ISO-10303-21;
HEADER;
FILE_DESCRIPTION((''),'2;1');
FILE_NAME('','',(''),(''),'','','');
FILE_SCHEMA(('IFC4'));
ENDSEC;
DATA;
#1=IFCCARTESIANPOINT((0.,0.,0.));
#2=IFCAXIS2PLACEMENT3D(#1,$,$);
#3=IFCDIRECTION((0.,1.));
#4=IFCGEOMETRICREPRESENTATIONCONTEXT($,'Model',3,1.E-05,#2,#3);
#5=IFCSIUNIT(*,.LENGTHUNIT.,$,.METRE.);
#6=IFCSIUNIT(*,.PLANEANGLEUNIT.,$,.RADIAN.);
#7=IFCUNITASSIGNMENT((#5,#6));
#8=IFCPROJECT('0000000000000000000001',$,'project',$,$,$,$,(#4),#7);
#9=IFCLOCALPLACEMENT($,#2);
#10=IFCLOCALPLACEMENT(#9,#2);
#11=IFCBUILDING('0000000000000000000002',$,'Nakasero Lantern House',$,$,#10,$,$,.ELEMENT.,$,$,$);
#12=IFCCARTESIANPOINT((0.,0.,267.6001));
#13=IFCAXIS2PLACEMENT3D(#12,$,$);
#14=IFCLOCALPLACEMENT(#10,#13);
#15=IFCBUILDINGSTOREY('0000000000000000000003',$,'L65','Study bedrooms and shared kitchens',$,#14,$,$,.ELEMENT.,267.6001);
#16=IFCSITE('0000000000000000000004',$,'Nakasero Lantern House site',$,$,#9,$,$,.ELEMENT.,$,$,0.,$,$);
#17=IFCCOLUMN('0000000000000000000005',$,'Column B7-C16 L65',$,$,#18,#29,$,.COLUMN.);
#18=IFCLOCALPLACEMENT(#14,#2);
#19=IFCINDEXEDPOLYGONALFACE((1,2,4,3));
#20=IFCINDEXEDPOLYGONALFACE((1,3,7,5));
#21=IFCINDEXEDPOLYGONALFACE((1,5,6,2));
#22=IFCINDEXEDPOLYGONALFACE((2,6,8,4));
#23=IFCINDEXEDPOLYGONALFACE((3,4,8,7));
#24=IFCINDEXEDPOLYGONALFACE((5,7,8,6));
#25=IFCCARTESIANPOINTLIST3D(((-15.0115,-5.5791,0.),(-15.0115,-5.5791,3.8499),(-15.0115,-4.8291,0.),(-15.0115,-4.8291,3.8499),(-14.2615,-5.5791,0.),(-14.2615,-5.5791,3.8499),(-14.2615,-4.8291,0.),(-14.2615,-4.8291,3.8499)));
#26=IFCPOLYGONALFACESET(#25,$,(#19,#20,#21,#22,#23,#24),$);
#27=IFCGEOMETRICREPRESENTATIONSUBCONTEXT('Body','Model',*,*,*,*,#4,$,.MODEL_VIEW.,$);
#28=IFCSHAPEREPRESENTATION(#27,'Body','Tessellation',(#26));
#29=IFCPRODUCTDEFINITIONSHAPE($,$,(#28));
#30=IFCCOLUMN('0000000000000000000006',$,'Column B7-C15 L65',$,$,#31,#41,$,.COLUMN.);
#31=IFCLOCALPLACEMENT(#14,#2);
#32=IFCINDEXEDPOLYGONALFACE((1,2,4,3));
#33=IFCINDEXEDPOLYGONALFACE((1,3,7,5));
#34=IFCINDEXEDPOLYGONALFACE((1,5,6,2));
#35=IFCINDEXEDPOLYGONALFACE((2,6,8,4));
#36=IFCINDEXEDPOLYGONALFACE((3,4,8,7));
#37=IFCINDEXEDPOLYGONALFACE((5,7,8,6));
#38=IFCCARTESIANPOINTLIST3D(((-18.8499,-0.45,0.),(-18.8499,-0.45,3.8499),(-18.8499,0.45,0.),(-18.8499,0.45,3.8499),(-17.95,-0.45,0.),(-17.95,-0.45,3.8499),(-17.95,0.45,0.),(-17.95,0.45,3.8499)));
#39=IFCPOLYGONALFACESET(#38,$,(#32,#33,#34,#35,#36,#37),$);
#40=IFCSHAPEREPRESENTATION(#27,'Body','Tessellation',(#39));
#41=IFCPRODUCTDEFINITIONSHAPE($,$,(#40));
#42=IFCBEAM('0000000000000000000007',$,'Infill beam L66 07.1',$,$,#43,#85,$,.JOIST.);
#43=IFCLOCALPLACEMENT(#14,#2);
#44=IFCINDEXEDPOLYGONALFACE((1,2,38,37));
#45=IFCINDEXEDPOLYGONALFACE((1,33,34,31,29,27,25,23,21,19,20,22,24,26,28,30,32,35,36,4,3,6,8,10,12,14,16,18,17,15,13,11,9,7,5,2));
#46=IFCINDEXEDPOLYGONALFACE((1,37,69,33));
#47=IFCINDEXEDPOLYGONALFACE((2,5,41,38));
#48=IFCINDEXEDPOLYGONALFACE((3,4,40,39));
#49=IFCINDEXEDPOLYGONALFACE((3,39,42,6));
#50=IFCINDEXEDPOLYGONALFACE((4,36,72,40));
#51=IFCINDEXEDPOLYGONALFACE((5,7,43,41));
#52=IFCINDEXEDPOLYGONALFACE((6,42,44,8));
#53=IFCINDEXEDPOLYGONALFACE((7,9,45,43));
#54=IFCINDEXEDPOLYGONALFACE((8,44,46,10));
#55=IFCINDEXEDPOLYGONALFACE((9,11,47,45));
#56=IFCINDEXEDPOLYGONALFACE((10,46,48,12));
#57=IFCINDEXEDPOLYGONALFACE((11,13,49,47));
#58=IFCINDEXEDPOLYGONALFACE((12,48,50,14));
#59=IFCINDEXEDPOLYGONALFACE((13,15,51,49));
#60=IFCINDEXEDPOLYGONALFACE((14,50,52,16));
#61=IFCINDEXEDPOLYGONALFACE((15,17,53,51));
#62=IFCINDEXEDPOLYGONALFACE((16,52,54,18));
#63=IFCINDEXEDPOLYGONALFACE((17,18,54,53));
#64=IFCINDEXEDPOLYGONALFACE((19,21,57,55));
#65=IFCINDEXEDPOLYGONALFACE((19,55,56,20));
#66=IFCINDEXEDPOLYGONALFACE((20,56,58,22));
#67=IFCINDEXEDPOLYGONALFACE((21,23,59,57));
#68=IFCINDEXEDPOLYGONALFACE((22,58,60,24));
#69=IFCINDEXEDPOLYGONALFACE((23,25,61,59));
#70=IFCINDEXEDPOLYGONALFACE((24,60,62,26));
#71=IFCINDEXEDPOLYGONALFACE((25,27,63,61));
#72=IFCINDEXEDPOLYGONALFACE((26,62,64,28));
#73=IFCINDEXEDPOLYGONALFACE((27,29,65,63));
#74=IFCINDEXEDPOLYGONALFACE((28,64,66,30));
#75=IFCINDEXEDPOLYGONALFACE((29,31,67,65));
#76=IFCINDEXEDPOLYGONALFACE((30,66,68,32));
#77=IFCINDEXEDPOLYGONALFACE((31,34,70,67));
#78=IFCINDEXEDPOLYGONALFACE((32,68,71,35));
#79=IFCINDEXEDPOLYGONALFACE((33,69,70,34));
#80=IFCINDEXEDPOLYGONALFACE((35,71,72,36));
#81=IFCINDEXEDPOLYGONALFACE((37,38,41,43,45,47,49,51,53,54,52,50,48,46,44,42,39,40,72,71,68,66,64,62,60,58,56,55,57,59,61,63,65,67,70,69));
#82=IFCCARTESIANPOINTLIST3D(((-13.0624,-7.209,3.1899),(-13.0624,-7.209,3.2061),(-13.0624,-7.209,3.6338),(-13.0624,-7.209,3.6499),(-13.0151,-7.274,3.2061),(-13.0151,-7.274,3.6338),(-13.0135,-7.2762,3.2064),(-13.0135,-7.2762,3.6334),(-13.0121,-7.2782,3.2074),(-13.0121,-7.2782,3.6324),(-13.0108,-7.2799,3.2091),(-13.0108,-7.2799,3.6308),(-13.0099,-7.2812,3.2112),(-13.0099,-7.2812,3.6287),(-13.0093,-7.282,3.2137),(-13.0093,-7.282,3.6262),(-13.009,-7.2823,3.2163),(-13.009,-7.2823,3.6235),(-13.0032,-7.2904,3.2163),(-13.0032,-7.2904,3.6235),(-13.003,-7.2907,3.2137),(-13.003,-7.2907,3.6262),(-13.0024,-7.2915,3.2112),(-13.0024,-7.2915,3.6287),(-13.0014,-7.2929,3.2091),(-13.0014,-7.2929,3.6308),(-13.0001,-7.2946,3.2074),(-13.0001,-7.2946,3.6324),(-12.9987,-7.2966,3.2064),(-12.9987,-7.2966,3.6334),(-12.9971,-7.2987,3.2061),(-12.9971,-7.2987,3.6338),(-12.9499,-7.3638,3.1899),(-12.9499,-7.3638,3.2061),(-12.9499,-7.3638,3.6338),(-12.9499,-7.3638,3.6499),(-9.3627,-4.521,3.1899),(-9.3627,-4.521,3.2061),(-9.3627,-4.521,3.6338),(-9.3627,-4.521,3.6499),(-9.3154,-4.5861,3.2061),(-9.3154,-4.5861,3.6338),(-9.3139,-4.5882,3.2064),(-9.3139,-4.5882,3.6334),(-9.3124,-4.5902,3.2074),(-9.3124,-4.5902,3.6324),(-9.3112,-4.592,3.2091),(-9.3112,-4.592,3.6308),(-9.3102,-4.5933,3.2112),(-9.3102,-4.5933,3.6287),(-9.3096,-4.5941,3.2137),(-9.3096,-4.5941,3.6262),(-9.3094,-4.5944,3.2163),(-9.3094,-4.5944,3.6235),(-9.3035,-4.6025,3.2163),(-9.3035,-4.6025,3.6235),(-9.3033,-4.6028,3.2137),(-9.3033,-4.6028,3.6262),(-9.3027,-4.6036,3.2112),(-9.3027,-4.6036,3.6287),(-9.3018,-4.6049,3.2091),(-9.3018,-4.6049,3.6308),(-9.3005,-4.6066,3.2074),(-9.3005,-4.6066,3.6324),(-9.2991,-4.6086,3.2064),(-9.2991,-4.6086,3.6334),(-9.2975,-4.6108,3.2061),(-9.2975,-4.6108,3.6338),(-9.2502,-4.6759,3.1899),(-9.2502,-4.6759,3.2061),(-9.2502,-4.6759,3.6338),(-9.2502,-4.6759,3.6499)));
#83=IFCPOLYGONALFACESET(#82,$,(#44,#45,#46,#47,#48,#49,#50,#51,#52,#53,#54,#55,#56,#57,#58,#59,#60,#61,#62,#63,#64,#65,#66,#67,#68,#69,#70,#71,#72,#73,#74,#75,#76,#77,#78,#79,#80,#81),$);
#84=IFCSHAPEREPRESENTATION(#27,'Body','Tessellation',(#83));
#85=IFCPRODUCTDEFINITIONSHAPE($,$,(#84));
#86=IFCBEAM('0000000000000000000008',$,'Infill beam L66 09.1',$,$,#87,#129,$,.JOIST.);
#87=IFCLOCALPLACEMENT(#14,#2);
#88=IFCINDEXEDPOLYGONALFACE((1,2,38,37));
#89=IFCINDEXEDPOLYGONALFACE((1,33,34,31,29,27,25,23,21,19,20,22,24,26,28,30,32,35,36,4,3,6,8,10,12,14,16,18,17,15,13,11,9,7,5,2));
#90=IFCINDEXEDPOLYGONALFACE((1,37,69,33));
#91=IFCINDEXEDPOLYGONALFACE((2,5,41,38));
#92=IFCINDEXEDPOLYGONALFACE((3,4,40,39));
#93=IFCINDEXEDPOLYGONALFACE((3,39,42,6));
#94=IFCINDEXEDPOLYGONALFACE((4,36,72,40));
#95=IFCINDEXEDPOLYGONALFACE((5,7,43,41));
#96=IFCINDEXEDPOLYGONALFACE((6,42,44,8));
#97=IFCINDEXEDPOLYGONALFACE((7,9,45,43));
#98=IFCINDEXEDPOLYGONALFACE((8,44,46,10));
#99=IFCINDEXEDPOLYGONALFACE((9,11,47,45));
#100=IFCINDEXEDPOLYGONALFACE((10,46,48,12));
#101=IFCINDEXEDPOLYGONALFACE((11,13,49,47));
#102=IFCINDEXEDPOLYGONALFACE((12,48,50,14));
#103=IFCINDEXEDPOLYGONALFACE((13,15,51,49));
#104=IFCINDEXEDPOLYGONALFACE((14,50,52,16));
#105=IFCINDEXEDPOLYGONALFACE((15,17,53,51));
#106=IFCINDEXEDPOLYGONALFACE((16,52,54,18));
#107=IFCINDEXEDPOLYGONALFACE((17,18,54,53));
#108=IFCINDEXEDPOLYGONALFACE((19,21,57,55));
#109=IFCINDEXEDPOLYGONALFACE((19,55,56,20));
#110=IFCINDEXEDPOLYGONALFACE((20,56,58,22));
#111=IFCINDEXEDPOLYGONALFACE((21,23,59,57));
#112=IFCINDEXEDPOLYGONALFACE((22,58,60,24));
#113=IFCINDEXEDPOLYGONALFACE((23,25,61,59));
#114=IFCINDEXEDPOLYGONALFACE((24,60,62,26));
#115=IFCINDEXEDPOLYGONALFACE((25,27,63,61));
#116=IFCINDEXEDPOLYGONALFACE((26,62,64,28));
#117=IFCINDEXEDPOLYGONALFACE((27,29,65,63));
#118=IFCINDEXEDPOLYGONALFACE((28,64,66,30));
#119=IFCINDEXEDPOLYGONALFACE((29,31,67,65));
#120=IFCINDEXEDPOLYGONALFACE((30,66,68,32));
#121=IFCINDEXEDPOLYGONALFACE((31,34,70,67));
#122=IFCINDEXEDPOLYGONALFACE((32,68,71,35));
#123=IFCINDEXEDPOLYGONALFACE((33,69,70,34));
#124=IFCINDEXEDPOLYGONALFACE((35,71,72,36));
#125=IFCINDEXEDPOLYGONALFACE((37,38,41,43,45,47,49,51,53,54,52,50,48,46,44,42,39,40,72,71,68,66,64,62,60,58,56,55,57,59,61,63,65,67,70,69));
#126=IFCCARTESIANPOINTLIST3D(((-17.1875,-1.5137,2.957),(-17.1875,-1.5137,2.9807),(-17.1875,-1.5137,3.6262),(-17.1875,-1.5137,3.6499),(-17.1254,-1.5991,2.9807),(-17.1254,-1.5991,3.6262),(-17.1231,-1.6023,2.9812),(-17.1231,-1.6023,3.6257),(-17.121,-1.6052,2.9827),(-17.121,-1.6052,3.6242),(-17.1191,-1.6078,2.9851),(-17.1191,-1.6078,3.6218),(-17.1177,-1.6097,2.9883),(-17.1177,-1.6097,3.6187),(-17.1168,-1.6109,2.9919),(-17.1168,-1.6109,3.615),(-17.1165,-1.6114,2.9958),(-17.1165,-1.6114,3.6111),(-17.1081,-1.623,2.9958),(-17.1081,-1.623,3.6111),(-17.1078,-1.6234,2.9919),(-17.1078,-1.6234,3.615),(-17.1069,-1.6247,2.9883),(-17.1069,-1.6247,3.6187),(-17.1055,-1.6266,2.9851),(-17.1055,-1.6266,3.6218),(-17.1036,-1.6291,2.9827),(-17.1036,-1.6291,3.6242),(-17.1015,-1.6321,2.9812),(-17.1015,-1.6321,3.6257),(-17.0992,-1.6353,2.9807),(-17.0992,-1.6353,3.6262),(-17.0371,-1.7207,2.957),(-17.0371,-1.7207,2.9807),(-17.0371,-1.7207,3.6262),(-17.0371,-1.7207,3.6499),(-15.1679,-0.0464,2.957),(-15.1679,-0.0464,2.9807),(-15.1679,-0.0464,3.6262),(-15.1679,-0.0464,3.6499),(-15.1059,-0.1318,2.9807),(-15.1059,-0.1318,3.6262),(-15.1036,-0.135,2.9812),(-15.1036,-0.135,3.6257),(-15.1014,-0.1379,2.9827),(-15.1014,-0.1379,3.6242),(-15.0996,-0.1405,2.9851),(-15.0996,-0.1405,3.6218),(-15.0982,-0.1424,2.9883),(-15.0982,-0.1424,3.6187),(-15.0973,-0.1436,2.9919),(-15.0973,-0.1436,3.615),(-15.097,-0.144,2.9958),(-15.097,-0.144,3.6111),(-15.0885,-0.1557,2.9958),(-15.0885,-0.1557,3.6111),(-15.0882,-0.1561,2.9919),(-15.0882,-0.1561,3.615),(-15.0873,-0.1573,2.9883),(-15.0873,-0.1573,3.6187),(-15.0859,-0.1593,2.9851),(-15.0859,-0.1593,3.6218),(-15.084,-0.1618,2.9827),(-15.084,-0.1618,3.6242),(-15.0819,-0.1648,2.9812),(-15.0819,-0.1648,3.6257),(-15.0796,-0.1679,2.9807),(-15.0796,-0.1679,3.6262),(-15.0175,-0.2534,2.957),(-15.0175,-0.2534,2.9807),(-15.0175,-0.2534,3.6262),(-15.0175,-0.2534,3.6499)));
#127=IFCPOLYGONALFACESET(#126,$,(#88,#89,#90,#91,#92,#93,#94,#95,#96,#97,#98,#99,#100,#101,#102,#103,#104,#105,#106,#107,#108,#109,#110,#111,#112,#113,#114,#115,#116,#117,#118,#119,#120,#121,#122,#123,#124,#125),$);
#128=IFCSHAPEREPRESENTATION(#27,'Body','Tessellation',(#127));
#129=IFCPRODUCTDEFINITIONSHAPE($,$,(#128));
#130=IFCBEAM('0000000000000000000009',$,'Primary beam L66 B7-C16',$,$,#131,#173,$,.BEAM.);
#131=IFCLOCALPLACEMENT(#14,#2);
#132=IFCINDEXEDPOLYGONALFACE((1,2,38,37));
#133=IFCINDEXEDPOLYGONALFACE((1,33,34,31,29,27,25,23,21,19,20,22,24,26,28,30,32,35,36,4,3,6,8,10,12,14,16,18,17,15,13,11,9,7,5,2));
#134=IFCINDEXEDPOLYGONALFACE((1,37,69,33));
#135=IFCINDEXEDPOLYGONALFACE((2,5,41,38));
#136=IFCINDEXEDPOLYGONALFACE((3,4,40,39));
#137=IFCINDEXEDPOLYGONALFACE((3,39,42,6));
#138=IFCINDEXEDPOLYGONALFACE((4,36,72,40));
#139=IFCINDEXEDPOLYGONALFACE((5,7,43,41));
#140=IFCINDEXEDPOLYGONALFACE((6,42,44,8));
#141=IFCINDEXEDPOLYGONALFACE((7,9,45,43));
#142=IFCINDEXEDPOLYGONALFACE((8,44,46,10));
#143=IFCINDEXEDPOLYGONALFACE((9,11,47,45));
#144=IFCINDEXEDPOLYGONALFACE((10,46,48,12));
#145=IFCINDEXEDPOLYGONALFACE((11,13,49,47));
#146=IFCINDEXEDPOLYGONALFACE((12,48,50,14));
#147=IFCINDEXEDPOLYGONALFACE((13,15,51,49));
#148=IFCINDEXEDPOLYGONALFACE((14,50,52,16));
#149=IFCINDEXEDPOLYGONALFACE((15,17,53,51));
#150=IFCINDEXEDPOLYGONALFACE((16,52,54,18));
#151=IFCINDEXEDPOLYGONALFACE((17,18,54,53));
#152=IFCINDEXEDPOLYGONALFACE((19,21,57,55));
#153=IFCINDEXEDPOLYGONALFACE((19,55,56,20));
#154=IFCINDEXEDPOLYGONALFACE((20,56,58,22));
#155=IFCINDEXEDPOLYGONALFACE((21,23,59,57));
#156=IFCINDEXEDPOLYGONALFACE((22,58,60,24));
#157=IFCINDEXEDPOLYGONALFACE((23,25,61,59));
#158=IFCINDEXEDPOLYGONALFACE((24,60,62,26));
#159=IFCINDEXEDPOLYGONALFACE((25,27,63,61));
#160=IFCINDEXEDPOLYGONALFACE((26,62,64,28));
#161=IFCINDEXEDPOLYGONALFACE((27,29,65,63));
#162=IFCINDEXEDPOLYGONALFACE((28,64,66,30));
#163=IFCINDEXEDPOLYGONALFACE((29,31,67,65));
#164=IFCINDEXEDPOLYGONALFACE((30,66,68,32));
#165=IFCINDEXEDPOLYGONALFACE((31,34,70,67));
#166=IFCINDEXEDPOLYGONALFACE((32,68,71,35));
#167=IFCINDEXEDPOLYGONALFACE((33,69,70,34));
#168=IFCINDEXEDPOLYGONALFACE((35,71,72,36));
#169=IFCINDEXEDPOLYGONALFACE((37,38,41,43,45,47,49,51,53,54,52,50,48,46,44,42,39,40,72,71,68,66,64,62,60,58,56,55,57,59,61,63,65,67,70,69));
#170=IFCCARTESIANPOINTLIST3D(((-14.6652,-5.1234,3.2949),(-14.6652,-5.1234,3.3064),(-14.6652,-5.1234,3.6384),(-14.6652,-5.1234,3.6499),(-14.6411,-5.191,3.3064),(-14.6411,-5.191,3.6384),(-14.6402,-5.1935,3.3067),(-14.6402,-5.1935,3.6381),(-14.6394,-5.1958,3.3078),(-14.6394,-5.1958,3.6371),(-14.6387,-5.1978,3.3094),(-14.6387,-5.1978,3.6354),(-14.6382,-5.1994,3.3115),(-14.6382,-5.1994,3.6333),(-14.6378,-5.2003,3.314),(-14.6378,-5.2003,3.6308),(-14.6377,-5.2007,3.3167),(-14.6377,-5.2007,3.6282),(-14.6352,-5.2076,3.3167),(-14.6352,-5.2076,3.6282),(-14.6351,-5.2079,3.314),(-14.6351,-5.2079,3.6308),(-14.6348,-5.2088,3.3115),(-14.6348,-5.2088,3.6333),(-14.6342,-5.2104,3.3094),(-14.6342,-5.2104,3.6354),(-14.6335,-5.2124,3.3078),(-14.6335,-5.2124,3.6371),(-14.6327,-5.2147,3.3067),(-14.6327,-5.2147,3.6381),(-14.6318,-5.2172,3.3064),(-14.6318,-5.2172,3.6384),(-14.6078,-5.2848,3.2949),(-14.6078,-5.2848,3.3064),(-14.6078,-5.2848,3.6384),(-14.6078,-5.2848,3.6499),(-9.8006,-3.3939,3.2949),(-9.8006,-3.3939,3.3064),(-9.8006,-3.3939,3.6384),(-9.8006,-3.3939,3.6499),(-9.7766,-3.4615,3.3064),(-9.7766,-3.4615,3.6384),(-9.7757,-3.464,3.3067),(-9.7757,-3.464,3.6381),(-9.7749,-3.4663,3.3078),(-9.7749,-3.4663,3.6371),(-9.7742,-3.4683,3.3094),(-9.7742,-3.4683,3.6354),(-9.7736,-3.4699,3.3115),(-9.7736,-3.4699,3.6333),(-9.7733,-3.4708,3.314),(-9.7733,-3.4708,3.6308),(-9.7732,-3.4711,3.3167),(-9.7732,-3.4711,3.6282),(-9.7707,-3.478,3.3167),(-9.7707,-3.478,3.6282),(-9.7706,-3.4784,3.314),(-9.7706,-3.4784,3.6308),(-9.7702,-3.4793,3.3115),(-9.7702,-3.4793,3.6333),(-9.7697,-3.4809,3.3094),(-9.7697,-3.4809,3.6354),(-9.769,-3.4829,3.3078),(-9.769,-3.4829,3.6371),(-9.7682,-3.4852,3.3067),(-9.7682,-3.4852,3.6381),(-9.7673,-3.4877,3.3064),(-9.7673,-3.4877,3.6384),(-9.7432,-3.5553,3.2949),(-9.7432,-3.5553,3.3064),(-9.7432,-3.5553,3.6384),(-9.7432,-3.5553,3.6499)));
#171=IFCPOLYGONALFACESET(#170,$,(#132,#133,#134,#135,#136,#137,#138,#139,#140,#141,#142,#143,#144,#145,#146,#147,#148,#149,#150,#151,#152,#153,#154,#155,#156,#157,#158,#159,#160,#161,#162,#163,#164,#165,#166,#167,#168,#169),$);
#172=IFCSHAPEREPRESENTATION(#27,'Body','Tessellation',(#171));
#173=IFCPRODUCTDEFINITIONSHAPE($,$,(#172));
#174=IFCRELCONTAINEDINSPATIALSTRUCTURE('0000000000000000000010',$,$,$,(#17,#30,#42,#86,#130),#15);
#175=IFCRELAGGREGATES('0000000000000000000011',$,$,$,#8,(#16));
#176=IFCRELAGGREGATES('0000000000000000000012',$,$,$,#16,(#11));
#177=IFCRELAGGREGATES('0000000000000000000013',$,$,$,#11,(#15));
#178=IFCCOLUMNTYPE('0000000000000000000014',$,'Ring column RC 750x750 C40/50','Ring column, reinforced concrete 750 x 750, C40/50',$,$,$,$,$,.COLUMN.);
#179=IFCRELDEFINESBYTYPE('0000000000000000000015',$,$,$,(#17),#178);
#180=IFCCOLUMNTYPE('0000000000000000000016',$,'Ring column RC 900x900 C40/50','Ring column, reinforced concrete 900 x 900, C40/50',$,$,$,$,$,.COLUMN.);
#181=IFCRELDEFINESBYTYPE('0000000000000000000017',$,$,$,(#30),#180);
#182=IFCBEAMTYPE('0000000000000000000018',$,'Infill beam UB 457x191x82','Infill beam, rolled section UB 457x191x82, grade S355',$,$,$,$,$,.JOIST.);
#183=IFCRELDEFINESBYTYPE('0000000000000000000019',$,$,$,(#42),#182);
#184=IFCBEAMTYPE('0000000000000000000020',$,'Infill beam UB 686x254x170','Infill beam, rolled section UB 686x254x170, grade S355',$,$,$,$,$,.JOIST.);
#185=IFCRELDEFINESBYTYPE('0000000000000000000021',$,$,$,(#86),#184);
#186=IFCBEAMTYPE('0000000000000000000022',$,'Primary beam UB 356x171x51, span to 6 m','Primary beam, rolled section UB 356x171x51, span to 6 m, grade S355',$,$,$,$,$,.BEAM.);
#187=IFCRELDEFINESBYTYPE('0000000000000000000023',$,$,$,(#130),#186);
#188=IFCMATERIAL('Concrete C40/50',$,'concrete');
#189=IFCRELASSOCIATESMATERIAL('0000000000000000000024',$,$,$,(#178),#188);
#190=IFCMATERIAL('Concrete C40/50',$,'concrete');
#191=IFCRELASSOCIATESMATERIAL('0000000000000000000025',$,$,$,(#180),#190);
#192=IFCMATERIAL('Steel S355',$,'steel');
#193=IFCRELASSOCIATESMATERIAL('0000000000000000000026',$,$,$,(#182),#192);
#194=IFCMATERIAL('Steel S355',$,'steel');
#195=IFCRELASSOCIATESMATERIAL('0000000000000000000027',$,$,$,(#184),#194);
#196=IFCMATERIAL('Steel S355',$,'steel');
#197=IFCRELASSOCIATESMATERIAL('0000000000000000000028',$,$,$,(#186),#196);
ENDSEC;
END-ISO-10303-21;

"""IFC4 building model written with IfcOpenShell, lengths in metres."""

from ifc_helpers import new_model, si_unit, direction, frame, origin, origin_2d, place, context, subcontext, project, spatial, rectangle, i_section, extrude, material, material_profile, profile_set, type_object, element, save


model = new_model("IFC4")

# Units and contexts
model_context = context("Model", 3, precision=1e-05, world=origin(), true_north=direction((0.0, 1.0)))
body_context = subcontext(model_context, "Body", "Model", "MODEL_VIEW")
ifc_project = project(units=[si_unit("LENGTHUNIT", "METRE"), si_unit("PLANEANGLEUNIT", "RADIAN")], contexts=[model_context])

# Site, building, storey
site_placement = place(None, origin())
site = spatial("IfcSite", under=ifc_project, at=site_placement, Name="Nakasero Lantern House site", CompositionType="ELEMENT", RefElevation=0.0)
building_placement = place(site_placement, origin())
building = spatial("IfcBuilding", under=site, at=building_placement, Name="Nakasero Lantern House", CompositionType="ELEMENT")
storey_placement = place(building_placement, frame((0.0, 0.0, 267.6001)))
storey = spatial("IfcBuildingStorey", under=building, at=storey_placement, Name="L65", Description="Study bedrooms and shared kitchens", CompositionType="ELEMENT", Elevation=267.6001)

# Columns
ifc_material_1 = material(Name="Concrete C40/50", Category="concrete")
ifc_material_profile_1 = material_profile(ifc_material_1, rectangle(XDim=0.75, YDim=0.75, at=origin_2d()), Name="RC 750x750")
ifc_profile_set_1 = profile_set([ifc_material_profile_1], Name="Concrete C40/50")
column_type_1 = type_object("IfcColumnType", Name="Ring column RC 750x750 C40/50", Description="Ring column, reinforced concrete 750 x 750, C40/50", PredefinedType="COLUMN", material=ifc_profile_set_1)
column_1_placement = place(storey_placement, frame((-14.6365, -5.2041, 0.0), z_axis=(0.0, 0.0, 1.0), x_axis=(1.0, 0.0, 0.0)))
element("IfcColumn", 1, at=column_1_placement, inside=storey, type_object=column_type_1, Name="Column B7-C16 L65", PredefinedType="COLUMN", context=body_context, shape_type="SweptSolid", body=[
    extrude(rectangle(XDim=0.75, YDim=0.75, at=origin_2d()), origin(), (0.0, 0.0, 1.0), 3.8499),
])
ifc_material_2 = material(Name="Concrete C40/50", Category="concrete")
ifc_material_profile_2 = material_profile(ifc_material_2, rectangle(XDim=0.8999, YDim=0.8999, at=origin_2d()), Name="RC 900x900")
ifc_profile_set_2 = profile_set([ifc_material_profile_2], Name="Concrete C40/50")
column_type_2 = type_object("IfcColumnType", Name="Ring column RC 900x900 C40/50", Description="Ring column, reinforced concrete 900 x 900, C40/50", PredefinedType="COLUMN", material=ifc_profile_set_2)
column_2_placement = place(storey_placement, frame((-18.3999, 0.0, 0.0), z_axis=(0.0, 0.0, 1.0), x_axis=(1.0, 0.0, 0.0)))
element("IfcColumn", 2, at=column_2_placement, inside=storey, type_object=column_type_2, Name="Column B7-C15 L65", PredefinedType="COLUMN", context=body_context, shape_type="SweptSolid", body=[
    extrude(rectangle(XDim=0.8999, YDim=0.8999, at=origin_2d()), origin(), (0.0, 0.0, 1.0), 3.8499),
])

# Beams
ifc_material_3 = material(Name="Steel S355", Category="steel")
ifc_material_profile_3 = material_profile(ifc_material_3, i_section(OverallWidth=0.1914, OverallDepth=0.46, WebThickness=0.01, FlangeThickness=0.0161, FilletRadius=0.0103, at=origin_2d()), Name="UB 457x191x82")
ifc_profile_set_3 = profile_set([ifc_material_profile_3], Name="Steel S355")
beam_type_1 = type_object("IfcBeamType", Name="Infill beam UB 457x191x82", Description="Infill beam, rolled section UB 457x191x82, grade S355", PredefinedType="JOIST", material=ifc_profile_set_3)
beam_1_placement = place(storey_placement, frame((-13.0061, -7.2864, 3.4199), z_axis=(0.809018, 0.587784, 0.0), x_axis=(-0.587784, 0.809018, 0.0)))
element("IfcBeam", 3, at=beam_1_placement, inside=storey, type_object=beam_type_1, Name="Infill beam L66 07.1", PredefinedType="JOIST", context=body_context, shape_type="SweptSolid", body=[
    extrude(i_section(OverallWidth=0.1914, OverallDepth=0.46, WebThickness=0.01, FlangeThickness=0.0161, FilletRadius=0.0103, at=origin_2d()), origin(), (0.0, 0.0, 1.0), 4.573),
])
ifc_material_4 = material(Name="Steel S355", Category="steel")
ifc_material_profile_4 = material_profile(ifc_material_4, i_section(OverallWidth=0.2559, OverallDepth=0.6929, WebThickness=0.0144, FlangeThickness=0.0237, FilletRadius=0.0151, at=origin_2d()), Name="UB 686x254x170")
ifc_profile_set_4 = profile_set([ifc_material_profile_4], Name="Steel S355")
beam_type_2 = type_object("IfcBeamType", Name="Infill beam UB 686x254x170", Description="Infill beam, rolled section UB 686x254x170, grade S355", PredefinedType="JOIST", material=ifc_profile_set_4)
beam_2_placement = place(storey_placement, frame((-17.1123, -1.6172, 3.3035), z_axis=(0.809015, 0.587788, 0.0), x_axis=(-0.587788, 0.809015, 0.0)))
element("IfcBeam", 4, at=beam_2_placement, inside=storey, type_object=beam_type_2, Name="Infill beam L66 09.1", PredefinedType="JOIST", context=body_context, shape_type="SweptSolid", body=[
    extrude(i_section(OverallWidth=0.2559, OverallDepth=0.6929, WebThickness=0.0144, FlangeThickness=0.0237, FilletRadius=0.0151, at=origin_2d()), origin(), (0.0, 0.0, 1.0), 2.4963),
])
ifc_material_5 = material(Name="Steel S355", Category="steel")
ifc_material_profile_5 = material_profile(ifc_material_5, i_section(OverallWidth=0.1714, OverallDepth=0.355, WebThickness=0.0073, FlangeThickness=0.0115, FilletRadius=0.0103, at=origin_2d()), Name="UB 356x171x51")
ifc_profile_set_5 = profile_set([ifc_material_profile_5], Name="Steel S355")
beam_type_3 = type_object("IfcBeamType", Name="Primary beam UB 356x171x51, span to 6 m", Description="Primary beam, rolled section UB 356x171x51, span to 6 m, grade S355", PredefinedType="BEAM", material=ifc_profile_set_5)
beam_3_placement = place(storey_placement, frame((-14.6365, -5.2041, 3.4724), z_axis=(0.942221, 0.334991, 0.0), x_axis=(-0.334991, 0.942221, 0.0)))
element("IfcBeam", 5, at=beam_3_placement, inside=storey, type_object=beam_type_3, Name="Primary beam L66 B7-C16", PredefinedType="BEAM", context=body_context, shape_type="SweptSolid", body=[
    extrude(i_section(OverallWidth=0.1714, OverallDepth=0.355, WebThickness=0.0073, FlangeThickness=0.0115, FilletRadius=0.0103, at=origin_2d()), origin(), (0.0, 0.0, 1.0), 5.1628),
])

save(model, "model.ifc")
